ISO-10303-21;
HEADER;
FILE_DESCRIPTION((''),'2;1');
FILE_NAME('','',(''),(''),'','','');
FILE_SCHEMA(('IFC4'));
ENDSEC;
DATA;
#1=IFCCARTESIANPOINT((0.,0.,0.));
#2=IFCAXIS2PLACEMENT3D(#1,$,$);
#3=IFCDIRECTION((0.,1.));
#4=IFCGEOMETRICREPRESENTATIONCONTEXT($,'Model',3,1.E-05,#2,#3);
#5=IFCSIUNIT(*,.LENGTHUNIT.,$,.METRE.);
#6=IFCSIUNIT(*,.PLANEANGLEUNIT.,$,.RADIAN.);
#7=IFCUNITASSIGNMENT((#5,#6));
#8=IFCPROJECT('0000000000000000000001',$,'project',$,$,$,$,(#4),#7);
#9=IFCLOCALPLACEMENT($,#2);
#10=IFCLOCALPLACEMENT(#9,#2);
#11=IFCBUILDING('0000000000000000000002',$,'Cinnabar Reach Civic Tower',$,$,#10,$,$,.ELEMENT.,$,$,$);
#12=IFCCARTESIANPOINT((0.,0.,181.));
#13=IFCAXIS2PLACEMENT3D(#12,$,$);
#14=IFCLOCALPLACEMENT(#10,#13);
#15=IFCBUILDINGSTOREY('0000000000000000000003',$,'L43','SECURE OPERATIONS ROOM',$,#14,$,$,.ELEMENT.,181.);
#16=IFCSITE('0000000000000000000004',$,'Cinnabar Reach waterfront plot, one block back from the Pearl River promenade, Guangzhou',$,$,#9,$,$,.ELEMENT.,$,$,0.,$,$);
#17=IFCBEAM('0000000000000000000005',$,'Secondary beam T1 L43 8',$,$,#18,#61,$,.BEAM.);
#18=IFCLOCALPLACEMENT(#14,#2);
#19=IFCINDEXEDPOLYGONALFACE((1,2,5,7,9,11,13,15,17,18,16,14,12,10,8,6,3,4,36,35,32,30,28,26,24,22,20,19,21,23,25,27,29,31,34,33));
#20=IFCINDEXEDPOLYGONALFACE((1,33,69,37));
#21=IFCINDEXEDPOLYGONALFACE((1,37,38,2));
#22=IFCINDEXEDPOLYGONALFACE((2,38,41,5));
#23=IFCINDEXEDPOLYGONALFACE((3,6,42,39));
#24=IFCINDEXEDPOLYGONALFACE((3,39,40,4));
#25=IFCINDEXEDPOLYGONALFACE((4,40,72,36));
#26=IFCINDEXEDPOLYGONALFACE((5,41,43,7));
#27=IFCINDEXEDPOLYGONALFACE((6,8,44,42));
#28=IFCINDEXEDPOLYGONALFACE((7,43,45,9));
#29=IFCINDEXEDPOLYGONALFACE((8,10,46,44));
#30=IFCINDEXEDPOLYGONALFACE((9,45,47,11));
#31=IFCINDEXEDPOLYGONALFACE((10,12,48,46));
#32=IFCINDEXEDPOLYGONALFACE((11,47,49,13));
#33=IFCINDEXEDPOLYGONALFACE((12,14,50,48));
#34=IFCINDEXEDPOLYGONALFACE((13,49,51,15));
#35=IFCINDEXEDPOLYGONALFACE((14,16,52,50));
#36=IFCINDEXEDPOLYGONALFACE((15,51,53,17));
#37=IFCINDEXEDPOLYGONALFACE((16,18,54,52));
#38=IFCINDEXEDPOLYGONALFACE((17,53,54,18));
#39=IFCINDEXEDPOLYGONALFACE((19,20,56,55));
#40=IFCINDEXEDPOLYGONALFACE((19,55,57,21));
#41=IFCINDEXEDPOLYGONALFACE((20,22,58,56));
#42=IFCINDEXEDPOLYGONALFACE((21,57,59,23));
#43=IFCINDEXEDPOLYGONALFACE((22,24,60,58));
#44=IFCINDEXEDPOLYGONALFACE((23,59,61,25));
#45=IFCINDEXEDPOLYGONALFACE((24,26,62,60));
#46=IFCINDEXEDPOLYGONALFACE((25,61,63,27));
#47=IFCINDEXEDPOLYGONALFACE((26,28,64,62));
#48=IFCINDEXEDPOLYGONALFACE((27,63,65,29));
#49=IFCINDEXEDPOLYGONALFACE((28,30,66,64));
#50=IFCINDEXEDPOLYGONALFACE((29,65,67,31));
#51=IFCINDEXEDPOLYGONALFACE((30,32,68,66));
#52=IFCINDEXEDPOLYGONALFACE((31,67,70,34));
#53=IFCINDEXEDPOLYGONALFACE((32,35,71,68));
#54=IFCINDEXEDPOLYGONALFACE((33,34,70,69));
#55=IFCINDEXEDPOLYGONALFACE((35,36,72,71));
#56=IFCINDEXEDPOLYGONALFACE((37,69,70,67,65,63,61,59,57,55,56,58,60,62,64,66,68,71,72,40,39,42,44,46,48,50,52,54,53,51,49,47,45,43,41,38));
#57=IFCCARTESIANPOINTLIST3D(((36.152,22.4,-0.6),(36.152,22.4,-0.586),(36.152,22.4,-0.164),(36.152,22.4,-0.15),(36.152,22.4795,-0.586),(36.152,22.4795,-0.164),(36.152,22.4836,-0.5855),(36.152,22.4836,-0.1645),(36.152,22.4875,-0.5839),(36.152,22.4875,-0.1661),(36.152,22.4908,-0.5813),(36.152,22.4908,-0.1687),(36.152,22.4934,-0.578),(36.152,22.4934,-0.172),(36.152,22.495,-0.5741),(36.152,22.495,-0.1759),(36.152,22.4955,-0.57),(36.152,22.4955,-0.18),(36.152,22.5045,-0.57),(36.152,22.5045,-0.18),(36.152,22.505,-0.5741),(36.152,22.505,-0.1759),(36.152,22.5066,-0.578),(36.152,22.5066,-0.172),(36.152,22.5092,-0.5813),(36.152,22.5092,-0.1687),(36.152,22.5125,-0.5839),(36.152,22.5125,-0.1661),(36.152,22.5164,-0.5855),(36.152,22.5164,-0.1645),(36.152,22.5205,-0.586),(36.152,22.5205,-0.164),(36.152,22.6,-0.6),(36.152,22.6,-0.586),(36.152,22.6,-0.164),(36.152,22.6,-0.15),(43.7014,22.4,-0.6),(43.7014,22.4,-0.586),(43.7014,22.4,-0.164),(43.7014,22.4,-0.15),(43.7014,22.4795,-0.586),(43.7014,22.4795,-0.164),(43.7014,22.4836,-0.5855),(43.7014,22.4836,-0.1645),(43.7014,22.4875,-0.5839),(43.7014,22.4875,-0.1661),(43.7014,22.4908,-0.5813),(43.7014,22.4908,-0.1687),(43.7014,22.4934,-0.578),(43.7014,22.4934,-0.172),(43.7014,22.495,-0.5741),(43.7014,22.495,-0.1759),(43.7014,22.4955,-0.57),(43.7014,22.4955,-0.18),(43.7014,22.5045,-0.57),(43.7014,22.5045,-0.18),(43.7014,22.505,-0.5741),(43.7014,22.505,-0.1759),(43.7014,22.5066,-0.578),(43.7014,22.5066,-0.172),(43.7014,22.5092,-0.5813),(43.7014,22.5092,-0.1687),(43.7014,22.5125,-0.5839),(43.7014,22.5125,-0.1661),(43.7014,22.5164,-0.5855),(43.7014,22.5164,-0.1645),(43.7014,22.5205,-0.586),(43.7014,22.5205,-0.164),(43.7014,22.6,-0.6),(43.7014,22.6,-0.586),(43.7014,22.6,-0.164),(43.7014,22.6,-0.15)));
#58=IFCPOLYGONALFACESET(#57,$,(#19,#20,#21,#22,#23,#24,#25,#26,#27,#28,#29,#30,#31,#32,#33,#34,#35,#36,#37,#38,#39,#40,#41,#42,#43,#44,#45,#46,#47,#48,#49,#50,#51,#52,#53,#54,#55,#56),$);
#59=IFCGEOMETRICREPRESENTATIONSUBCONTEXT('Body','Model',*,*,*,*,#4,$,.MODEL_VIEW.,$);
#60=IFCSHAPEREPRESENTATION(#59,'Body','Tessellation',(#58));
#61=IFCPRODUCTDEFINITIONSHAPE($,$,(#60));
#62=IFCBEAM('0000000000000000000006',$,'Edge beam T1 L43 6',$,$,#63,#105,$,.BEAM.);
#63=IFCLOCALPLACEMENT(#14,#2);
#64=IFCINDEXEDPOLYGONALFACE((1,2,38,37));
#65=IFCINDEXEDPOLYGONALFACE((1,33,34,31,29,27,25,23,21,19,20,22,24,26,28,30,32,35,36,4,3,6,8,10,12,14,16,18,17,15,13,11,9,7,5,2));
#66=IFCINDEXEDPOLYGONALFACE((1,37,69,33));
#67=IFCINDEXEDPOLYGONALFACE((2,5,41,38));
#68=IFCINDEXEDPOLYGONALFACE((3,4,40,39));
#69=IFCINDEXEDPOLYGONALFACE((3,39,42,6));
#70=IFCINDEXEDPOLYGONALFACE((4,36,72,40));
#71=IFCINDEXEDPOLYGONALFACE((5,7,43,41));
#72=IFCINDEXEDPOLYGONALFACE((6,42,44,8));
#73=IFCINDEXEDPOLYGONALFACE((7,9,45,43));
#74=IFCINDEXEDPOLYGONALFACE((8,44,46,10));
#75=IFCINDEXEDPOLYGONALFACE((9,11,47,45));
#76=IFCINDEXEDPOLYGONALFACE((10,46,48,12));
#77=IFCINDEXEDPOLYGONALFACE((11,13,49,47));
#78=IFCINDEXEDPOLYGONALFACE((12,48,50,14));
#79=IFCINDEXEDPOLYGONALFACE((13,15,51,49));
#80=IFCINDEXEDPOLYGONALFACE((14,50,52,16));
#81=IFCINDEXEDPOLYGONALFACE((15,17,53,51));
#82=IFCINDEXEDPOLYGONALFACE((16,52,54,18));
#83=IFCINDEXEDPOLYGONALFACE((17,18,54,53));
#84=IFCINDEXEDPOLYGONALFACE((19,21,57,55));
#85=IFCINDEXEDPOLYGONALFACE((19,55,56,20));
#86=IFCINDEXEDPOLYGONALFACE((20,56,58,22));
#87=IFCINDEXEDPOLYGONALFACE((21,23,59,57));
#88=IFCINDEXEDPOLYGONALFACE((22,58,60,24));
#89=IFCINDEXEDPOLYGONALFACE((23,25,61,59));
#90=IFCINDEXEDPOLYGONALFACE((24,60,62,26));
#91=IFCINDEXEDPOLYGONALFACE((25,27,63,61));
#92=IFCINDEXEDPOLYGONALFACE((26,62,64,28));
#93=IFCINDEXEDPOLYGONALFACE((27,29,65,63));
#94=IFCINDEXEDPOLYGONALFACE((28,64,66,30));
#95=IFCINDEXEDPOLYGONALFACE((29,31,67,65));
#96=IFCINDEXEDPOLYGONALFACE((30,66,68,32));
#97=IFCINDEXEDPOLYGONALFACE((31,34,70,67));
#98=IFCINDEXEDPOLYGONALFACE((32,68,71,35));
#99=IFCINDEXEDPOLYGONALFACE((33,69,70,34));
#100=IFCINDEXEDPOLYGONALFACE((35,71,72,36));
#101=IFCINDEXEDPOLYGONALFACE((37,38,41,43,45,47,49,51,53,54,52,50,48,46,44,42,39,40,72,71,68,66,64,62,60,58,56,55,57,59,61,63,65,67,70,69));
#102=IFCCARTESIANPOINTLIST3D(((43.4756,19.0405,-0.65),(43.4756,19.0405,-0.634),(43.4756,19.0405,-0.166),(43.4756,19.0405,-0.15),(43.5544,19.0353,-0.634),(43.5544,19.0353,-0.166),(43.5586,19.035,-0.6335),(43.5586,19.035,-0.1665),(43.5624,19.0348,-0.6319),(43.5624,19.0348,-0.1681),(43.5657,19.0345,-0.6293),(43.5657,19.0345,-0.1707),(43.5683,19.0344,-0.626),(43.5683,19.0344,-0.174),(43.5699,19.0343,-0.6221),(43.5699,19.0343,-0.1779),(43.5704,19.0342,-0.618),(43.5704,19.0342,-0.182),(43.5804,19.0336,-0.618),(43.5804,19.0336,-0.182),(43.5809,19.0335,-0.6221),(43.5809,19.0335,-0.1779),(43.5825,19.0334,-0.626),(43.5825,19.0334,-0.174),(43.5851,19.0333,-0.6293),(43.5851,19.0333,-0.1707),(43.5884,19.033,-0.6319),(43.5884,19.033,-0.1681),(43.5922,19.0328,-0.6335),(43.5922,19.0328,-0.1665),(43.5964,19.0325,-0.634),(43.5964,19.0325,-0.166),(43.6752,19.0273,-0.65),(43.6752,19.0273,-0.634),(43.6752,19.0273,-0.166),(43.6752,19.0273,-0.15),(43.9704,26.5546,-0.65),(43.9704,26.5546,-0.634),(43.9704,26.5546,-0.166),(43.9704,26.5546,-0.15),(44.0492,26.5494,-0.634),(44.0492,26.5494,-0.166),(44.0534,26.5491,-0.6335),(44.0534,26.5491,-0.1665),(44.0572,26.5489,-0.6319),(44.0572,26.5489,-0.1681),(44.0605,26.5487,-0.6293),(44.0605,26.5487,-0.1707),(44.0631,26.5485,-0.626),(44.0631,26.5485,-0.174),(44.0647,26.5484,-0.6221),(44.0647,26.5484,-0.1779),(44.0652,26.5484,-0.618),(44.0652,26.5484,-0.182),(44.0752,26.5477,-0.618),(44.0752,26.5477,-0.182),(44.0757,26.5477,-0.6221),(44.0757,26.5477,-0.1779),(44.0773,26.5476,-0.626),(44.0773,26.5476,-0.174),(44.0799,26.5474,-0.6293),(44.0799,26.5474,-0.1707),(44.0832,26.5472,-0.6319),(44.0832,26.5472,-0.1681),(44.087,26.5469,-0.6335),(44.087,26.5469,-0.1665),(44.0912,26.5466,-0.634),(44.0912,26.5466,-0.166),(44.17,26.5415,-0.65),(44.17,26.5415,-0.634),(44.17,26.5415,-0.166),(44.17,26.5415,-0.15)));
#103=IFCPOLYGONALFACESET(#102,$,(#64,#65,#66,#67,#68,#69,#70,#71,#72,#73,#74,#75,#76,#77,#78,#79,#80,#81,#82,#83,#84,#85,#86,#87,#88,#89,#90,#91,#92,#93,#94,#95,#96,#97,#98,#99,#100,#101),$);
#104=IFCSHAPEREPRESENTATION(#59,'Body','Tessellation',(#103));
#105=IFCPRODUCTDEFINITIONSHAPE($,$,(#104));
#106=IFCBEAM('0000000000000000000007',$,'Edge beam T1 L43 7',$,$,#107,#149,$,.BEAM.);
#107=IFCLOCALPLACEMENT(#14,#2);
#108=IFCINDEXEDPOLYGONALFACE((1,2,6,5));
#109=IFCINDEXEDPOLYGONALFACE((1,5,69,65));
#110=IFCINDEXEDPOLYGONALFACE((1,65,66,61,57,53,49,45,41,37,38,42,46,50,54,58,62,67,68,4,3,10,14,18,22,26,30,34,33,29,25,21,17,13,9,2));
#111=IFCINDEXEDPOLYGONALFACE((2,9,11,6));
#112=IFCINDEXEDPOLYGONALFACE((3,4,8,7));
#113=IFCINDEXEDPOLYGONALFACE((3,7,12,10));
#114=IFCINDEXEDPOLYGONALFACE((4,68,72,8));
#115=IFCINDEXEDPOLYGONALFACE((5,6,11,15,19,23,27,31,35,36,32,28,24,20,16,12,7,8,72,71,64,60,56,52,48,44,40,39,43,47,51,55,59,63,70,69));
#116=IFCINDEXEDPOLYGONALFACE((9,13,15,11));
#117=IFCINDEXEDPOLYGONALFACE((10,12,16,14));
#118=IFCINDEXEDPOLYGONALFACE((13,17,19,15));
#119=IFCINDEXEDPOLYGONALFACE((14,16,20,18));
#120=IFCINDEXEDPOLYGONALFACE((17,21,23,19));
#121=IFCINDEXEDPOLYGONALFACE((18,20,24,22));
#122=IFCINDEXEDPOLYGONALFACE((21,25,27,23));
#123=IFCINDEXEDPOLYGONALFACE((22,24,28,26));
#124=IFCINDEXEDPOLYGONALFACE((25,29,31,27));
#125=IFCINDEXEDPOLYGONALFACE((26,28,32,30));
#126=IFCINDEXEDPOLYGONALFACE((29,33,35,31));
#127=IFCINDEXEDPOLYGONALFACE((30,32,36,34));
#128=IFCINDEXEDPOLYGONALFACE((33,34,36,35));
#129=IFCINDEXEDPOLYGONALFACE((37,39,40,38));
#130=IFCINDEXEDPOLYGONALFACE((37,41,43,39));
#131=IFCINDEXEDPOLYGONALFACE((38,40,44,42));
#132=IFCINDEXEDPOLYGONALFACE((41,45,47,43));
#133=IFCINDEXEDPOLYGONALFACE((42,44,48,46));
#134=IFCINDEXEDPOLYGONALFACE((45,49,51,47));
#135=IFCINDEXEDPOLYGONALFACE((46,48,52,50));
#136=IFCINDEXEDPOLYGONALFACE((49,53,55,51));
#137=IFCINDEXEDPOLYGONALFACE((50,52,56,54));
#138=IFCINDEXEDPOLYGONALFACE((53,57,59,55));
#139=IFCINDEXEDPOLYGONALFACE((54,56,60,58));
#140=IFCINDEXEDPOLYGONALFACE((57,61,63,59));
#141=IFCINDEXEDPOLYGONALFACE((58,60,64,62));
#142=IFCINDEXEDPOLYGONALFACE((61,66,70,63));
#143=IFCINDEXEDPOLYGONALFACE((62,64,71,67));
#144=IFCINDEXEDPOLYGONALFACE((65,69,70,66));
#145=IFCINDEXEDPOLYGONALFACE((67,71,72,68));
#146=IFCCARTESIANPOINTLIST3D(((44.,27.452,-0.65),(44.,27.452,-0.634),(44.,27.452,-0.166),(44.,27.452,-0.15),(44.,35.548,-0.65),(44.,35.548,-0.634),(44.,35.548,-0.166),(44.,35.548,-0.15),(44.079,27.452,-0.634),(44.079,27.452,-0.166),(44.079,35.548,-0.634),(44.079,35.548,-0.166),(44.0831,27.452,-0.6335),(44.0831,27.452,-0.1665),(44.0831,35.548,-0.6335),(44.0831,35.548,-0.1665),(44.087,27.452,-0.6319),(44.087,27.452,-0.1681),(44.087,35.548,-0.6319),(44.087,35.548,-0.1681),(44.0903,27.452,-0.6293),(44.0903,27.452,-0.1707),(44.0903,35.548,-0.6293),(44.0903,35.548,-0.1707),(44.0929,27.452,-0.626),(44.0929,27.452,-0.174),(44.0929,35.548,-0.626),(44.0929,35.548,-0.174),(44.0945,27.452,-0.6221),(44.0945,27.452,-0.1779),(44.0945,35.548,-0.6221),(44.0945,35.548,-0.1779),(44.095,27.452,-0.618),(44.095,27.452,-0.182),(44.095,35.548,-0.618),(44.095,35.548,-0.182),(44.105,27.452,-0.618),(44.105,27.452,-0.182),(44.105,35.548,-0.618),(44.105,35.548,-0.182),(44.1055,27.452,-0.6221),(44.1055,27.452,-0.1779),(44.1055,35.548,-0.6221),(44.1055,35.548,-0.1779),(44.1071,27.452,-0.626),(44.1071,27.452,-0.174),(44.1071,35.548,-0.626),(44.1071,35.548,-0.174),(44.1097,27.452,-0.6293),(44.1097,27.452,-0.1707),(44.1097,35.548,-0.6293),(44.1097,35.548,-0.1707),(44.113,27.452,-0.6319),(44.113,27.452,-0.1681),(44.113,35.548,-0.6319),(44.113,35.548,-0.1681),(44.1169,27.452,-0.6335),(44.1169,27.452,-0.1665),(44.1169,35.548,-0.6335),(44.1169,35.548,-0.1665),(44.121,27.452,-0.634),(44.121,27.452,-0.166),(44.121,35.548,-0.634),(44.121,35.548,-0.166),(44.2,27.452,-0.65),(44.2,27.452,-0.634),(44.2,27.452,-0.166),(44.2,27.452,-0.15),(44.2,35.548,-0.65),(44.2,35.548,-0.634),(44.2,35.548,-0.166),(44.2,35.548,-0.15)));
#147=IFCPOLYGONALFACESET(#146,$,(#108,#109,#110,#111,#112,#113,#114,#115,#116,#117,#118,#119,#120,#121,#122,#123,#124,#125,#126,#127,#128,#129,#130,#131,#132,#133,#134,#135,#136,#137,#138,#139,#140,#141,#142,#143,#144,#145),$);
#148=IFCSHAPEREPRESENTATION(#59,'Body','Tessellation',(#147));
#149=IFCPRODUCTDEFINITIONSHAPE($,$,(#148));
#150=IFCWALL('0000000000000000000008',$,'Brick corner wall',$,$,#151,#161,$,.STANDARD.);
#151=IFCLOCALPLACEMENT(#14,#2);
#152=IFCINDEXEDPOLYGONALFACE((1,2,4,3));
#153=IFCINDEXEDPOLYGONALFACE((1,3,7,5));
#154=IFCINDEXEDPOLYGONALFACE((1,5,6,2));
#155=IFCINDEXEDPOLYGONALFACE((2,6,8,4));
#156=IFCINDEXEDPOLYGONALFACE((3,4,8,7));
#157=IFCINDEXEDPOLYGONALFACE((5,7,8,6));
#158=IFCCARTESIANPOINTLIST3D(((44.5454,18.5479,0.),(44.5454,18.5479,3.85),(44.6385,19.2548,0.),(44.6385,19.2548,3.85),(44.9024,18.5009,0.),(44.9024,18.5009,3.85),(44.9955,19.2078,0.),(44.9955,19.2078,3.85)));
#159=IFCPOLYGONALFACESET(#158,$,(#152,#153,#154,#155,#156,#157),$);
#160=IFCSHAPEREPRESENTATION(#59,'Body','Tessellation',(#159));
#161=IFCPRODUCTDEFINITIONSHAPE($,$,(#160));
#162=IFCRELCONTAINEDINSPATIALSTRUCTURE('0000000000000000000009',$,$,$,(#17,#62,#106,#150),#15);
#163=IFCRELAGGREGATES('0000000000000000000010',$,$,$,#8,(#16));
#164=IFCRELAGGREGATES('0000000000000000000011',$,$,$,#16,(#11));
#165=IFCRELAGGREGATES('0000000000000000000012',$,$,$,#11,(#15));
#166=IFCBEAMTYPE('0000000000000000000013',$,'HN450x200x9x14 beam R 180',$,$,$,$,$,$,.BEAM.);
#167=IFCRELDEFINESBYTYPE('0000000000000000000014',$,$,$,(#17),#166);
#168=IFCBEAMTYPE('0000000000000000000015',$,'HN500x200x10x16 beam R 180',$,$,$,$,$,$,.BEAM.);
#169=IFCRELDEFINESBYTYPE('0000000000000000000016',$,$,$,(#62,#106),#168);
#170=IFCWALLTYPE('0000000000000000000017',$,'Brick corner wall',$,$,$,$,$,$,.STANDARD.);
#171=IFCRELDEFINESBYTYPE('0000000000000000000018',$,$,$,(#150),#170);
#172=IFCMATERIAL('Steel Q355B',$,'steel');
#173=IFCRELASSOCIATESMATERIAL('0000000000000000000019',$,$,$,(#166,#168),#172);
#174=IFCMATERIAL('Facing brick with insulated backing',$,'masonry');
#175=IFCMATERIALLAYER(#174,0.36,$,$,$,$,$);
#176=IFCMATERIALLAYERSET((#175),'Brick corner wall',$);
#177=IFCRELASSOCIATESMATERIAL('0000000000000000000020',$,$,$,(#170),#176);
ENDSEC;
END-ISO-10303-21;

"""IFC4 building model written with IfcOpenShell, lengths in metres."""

from ifc_helpers import new_model, si_unit, direction, frame, frame_2d, origin, origin_2d, place, context, subcontext, project, spatial, rectangle, i_section, extrude, material, layer, layer_set, material_profile, profile_set, type_object, element, save


model = new_model("IFC4")

# Units and contexts
model_context = context("Model", 3, precision=1e-05, world=origin(), true_north=direction((0.0, 1.0)))
body_context = subcontext(model_context, "Body", "Model", "MODEL_VIEW")
ifc_project = project(units=[si_unit("LENGTHUNIT", "METRE"), si_unit("PLANEANGLEUNIT", "RADIAN")], contexts=[model_context])

# Site, building, storey
site_placement = place(None, origin())
site = spatial("IfcSite", under=ifc_project, at=site_placement, Name="Cinnabar Reach waterfront plot, one block back from the Pearl River promenade, Guangzhou", CompositionType="ELEMENT", RefElevation=0.0)
building_placement = place(site_placement, origin())
building = spatial("IfcBuilding", under=site, at=building_placement, Name="Cinnabar Reach Civic Tower", CompositionType="ELEMENT")
storey_placement = place(building_placement, frame((0.0, 0.0, 181.0)))
storey = spatial("IfcBuildingStorey", under=building, at=storey_placement, Name="L43", Description="SECURE OPERATIONS ROOM", CompositionType="ELEMENT", Elevation=181.0)

# Beams
ifc_material_1 = material(Name="Steel Q355B", Category="steel")
ifc_material_profile_1 = material_profile(ifc_material_1, i_section(OverallWidth=0.2, OverallDepth=0.45, WebThickness=0.009, FlangeThickness=0.014, FilletRadius=0.016, at=origin_2d()), Name="HN450x200x9x14")
ifc_profile_set_1 = profile_set([ifc_material_profile_1], Name="Steel Q355B")
beam_type_1 = type_object("IfcBeamType", Name="HN450x200x9x14 beam R 180", PredefinedType="BEAM", material=ifc_profile_set_1)
beam_1_placement = place(storey_placement, frame((36.152, 22.5, -0.375), z_axis=(1.0, 0.0, 0.0), x_axis=(0.0, 1.0, 0.0)))
element("IfcBeam", 1, at=beam_1_placement, inside=storey, type_object=beam_type_1, Name="Secondary beam T1 L43 8", PredefinedType="BEAM", context=body_context, shape_type="SweptSolid", body=[
    extrude(i_section(OverallWidth=0.2, OverallDepth=0.45, WebThickness=0.009, FlangeThickness=0.014, FilletRadius=0.016, at=origin_2d()), origin(), (0.0, 0.0, 1.0), 7.5494),
])
ifc_material_profile_2 = material_profile(ifc_material_1, i_section(OverallWidth=0.2, OverallDepth=0.5, WebThickness=0.01, FlangeThickness=0.016, FilletRadius=0.016, at=origin_2d()), Name="HN500x200x10x16")
ifc_profile_set_2 = profile_set([ifc_material_profile_2], Name="Steel Q355B")
beam_type_2 = type_object("IfcBeamType", Name="HN500x200x10x16 beam R 180", PredefinedType="BEAM", material=ifc_profile_set_2)
beam_2_placement = place(storey_placement, frame((43.5754, 19.0339, -0.4), z_axis=(0.065707, 0.997839, 0.0), x_axis=(-0.997839, 0.065707, 0.0)))
element("IfcBeam", 2, at=beam_2_placement, inside=storey, type_object=beam_type_2, Name="Edge beam T1 L43 6", PredefinedType="BEAM", context=body_context, shape_type="SweptSolid", body=[
    extrude(i_section(OverallWidth=0.2, OverallDepth=0.5, WebThickness=0.01, FlangeThickness=0.016, FilletRadius=0.016, at=origin_2d()), origin(), (0.0, 0.0, 1.0), 7.5304),
])
beam_3_placement = place(storey_placement, frame((44.1, 27.452, -0.4), z_axis=(0.0, 1.0, 0.0), x_axis=(-1.0, 0.0, 0.0)))
element("IfcBeam", 3, at=beam_3_placement, inside=storey, type_object=beam_type_2, Name="Edge beam T1 L43 7", PredefinedType="BEAM", context=body_context, shape_type="SweptSolid", body=[
    extrude(i_section(OverallWidth=0.2, OverallDepth=0.5, WebThickness=0.01, FlangeThickness=0.016, FilletRadius=0.016, at=origin_2d()), origin(), (0.0, 0.0, 1.0), 8.096),
])

# Wall
ifc_material_2 = material(Name="Facing brick with insulated backing", Category="masonry")
ifc_layer_1 = layer(ifc_material_2, 0.36)
ifc_layer_set_1 = layer_set([ifc_layer_1], Name="Brick corner wall")
wall_type_1 = type_object("IfcWallType", Name="Brick corner wall", PredefinedType="STANDARD", material=ifc_layer_set_1)
wall_1_placement = place(storey_placement, frame((44.7239, 18.5244, 0.0), z_axis=(0.0, 0.0, 1.0), x_axis=(0.130556, 0.991441, 0.0)))
element("IfcWall", 4, at=wall_1_placement, inside=storey, type_object=wall_type_1, Name="Brick corner wall", PredefinedType="STANDARD", context=body_context, shape_type="SweptSolid", body=[
    extrude(rectangle(XDim=0.7131, YDim=0.36, at=frame_2d((0.3565, 0.0))), origin(), (0.0, 0.0, 1.0), 3.85),
])

save(model, "model.ifc")
